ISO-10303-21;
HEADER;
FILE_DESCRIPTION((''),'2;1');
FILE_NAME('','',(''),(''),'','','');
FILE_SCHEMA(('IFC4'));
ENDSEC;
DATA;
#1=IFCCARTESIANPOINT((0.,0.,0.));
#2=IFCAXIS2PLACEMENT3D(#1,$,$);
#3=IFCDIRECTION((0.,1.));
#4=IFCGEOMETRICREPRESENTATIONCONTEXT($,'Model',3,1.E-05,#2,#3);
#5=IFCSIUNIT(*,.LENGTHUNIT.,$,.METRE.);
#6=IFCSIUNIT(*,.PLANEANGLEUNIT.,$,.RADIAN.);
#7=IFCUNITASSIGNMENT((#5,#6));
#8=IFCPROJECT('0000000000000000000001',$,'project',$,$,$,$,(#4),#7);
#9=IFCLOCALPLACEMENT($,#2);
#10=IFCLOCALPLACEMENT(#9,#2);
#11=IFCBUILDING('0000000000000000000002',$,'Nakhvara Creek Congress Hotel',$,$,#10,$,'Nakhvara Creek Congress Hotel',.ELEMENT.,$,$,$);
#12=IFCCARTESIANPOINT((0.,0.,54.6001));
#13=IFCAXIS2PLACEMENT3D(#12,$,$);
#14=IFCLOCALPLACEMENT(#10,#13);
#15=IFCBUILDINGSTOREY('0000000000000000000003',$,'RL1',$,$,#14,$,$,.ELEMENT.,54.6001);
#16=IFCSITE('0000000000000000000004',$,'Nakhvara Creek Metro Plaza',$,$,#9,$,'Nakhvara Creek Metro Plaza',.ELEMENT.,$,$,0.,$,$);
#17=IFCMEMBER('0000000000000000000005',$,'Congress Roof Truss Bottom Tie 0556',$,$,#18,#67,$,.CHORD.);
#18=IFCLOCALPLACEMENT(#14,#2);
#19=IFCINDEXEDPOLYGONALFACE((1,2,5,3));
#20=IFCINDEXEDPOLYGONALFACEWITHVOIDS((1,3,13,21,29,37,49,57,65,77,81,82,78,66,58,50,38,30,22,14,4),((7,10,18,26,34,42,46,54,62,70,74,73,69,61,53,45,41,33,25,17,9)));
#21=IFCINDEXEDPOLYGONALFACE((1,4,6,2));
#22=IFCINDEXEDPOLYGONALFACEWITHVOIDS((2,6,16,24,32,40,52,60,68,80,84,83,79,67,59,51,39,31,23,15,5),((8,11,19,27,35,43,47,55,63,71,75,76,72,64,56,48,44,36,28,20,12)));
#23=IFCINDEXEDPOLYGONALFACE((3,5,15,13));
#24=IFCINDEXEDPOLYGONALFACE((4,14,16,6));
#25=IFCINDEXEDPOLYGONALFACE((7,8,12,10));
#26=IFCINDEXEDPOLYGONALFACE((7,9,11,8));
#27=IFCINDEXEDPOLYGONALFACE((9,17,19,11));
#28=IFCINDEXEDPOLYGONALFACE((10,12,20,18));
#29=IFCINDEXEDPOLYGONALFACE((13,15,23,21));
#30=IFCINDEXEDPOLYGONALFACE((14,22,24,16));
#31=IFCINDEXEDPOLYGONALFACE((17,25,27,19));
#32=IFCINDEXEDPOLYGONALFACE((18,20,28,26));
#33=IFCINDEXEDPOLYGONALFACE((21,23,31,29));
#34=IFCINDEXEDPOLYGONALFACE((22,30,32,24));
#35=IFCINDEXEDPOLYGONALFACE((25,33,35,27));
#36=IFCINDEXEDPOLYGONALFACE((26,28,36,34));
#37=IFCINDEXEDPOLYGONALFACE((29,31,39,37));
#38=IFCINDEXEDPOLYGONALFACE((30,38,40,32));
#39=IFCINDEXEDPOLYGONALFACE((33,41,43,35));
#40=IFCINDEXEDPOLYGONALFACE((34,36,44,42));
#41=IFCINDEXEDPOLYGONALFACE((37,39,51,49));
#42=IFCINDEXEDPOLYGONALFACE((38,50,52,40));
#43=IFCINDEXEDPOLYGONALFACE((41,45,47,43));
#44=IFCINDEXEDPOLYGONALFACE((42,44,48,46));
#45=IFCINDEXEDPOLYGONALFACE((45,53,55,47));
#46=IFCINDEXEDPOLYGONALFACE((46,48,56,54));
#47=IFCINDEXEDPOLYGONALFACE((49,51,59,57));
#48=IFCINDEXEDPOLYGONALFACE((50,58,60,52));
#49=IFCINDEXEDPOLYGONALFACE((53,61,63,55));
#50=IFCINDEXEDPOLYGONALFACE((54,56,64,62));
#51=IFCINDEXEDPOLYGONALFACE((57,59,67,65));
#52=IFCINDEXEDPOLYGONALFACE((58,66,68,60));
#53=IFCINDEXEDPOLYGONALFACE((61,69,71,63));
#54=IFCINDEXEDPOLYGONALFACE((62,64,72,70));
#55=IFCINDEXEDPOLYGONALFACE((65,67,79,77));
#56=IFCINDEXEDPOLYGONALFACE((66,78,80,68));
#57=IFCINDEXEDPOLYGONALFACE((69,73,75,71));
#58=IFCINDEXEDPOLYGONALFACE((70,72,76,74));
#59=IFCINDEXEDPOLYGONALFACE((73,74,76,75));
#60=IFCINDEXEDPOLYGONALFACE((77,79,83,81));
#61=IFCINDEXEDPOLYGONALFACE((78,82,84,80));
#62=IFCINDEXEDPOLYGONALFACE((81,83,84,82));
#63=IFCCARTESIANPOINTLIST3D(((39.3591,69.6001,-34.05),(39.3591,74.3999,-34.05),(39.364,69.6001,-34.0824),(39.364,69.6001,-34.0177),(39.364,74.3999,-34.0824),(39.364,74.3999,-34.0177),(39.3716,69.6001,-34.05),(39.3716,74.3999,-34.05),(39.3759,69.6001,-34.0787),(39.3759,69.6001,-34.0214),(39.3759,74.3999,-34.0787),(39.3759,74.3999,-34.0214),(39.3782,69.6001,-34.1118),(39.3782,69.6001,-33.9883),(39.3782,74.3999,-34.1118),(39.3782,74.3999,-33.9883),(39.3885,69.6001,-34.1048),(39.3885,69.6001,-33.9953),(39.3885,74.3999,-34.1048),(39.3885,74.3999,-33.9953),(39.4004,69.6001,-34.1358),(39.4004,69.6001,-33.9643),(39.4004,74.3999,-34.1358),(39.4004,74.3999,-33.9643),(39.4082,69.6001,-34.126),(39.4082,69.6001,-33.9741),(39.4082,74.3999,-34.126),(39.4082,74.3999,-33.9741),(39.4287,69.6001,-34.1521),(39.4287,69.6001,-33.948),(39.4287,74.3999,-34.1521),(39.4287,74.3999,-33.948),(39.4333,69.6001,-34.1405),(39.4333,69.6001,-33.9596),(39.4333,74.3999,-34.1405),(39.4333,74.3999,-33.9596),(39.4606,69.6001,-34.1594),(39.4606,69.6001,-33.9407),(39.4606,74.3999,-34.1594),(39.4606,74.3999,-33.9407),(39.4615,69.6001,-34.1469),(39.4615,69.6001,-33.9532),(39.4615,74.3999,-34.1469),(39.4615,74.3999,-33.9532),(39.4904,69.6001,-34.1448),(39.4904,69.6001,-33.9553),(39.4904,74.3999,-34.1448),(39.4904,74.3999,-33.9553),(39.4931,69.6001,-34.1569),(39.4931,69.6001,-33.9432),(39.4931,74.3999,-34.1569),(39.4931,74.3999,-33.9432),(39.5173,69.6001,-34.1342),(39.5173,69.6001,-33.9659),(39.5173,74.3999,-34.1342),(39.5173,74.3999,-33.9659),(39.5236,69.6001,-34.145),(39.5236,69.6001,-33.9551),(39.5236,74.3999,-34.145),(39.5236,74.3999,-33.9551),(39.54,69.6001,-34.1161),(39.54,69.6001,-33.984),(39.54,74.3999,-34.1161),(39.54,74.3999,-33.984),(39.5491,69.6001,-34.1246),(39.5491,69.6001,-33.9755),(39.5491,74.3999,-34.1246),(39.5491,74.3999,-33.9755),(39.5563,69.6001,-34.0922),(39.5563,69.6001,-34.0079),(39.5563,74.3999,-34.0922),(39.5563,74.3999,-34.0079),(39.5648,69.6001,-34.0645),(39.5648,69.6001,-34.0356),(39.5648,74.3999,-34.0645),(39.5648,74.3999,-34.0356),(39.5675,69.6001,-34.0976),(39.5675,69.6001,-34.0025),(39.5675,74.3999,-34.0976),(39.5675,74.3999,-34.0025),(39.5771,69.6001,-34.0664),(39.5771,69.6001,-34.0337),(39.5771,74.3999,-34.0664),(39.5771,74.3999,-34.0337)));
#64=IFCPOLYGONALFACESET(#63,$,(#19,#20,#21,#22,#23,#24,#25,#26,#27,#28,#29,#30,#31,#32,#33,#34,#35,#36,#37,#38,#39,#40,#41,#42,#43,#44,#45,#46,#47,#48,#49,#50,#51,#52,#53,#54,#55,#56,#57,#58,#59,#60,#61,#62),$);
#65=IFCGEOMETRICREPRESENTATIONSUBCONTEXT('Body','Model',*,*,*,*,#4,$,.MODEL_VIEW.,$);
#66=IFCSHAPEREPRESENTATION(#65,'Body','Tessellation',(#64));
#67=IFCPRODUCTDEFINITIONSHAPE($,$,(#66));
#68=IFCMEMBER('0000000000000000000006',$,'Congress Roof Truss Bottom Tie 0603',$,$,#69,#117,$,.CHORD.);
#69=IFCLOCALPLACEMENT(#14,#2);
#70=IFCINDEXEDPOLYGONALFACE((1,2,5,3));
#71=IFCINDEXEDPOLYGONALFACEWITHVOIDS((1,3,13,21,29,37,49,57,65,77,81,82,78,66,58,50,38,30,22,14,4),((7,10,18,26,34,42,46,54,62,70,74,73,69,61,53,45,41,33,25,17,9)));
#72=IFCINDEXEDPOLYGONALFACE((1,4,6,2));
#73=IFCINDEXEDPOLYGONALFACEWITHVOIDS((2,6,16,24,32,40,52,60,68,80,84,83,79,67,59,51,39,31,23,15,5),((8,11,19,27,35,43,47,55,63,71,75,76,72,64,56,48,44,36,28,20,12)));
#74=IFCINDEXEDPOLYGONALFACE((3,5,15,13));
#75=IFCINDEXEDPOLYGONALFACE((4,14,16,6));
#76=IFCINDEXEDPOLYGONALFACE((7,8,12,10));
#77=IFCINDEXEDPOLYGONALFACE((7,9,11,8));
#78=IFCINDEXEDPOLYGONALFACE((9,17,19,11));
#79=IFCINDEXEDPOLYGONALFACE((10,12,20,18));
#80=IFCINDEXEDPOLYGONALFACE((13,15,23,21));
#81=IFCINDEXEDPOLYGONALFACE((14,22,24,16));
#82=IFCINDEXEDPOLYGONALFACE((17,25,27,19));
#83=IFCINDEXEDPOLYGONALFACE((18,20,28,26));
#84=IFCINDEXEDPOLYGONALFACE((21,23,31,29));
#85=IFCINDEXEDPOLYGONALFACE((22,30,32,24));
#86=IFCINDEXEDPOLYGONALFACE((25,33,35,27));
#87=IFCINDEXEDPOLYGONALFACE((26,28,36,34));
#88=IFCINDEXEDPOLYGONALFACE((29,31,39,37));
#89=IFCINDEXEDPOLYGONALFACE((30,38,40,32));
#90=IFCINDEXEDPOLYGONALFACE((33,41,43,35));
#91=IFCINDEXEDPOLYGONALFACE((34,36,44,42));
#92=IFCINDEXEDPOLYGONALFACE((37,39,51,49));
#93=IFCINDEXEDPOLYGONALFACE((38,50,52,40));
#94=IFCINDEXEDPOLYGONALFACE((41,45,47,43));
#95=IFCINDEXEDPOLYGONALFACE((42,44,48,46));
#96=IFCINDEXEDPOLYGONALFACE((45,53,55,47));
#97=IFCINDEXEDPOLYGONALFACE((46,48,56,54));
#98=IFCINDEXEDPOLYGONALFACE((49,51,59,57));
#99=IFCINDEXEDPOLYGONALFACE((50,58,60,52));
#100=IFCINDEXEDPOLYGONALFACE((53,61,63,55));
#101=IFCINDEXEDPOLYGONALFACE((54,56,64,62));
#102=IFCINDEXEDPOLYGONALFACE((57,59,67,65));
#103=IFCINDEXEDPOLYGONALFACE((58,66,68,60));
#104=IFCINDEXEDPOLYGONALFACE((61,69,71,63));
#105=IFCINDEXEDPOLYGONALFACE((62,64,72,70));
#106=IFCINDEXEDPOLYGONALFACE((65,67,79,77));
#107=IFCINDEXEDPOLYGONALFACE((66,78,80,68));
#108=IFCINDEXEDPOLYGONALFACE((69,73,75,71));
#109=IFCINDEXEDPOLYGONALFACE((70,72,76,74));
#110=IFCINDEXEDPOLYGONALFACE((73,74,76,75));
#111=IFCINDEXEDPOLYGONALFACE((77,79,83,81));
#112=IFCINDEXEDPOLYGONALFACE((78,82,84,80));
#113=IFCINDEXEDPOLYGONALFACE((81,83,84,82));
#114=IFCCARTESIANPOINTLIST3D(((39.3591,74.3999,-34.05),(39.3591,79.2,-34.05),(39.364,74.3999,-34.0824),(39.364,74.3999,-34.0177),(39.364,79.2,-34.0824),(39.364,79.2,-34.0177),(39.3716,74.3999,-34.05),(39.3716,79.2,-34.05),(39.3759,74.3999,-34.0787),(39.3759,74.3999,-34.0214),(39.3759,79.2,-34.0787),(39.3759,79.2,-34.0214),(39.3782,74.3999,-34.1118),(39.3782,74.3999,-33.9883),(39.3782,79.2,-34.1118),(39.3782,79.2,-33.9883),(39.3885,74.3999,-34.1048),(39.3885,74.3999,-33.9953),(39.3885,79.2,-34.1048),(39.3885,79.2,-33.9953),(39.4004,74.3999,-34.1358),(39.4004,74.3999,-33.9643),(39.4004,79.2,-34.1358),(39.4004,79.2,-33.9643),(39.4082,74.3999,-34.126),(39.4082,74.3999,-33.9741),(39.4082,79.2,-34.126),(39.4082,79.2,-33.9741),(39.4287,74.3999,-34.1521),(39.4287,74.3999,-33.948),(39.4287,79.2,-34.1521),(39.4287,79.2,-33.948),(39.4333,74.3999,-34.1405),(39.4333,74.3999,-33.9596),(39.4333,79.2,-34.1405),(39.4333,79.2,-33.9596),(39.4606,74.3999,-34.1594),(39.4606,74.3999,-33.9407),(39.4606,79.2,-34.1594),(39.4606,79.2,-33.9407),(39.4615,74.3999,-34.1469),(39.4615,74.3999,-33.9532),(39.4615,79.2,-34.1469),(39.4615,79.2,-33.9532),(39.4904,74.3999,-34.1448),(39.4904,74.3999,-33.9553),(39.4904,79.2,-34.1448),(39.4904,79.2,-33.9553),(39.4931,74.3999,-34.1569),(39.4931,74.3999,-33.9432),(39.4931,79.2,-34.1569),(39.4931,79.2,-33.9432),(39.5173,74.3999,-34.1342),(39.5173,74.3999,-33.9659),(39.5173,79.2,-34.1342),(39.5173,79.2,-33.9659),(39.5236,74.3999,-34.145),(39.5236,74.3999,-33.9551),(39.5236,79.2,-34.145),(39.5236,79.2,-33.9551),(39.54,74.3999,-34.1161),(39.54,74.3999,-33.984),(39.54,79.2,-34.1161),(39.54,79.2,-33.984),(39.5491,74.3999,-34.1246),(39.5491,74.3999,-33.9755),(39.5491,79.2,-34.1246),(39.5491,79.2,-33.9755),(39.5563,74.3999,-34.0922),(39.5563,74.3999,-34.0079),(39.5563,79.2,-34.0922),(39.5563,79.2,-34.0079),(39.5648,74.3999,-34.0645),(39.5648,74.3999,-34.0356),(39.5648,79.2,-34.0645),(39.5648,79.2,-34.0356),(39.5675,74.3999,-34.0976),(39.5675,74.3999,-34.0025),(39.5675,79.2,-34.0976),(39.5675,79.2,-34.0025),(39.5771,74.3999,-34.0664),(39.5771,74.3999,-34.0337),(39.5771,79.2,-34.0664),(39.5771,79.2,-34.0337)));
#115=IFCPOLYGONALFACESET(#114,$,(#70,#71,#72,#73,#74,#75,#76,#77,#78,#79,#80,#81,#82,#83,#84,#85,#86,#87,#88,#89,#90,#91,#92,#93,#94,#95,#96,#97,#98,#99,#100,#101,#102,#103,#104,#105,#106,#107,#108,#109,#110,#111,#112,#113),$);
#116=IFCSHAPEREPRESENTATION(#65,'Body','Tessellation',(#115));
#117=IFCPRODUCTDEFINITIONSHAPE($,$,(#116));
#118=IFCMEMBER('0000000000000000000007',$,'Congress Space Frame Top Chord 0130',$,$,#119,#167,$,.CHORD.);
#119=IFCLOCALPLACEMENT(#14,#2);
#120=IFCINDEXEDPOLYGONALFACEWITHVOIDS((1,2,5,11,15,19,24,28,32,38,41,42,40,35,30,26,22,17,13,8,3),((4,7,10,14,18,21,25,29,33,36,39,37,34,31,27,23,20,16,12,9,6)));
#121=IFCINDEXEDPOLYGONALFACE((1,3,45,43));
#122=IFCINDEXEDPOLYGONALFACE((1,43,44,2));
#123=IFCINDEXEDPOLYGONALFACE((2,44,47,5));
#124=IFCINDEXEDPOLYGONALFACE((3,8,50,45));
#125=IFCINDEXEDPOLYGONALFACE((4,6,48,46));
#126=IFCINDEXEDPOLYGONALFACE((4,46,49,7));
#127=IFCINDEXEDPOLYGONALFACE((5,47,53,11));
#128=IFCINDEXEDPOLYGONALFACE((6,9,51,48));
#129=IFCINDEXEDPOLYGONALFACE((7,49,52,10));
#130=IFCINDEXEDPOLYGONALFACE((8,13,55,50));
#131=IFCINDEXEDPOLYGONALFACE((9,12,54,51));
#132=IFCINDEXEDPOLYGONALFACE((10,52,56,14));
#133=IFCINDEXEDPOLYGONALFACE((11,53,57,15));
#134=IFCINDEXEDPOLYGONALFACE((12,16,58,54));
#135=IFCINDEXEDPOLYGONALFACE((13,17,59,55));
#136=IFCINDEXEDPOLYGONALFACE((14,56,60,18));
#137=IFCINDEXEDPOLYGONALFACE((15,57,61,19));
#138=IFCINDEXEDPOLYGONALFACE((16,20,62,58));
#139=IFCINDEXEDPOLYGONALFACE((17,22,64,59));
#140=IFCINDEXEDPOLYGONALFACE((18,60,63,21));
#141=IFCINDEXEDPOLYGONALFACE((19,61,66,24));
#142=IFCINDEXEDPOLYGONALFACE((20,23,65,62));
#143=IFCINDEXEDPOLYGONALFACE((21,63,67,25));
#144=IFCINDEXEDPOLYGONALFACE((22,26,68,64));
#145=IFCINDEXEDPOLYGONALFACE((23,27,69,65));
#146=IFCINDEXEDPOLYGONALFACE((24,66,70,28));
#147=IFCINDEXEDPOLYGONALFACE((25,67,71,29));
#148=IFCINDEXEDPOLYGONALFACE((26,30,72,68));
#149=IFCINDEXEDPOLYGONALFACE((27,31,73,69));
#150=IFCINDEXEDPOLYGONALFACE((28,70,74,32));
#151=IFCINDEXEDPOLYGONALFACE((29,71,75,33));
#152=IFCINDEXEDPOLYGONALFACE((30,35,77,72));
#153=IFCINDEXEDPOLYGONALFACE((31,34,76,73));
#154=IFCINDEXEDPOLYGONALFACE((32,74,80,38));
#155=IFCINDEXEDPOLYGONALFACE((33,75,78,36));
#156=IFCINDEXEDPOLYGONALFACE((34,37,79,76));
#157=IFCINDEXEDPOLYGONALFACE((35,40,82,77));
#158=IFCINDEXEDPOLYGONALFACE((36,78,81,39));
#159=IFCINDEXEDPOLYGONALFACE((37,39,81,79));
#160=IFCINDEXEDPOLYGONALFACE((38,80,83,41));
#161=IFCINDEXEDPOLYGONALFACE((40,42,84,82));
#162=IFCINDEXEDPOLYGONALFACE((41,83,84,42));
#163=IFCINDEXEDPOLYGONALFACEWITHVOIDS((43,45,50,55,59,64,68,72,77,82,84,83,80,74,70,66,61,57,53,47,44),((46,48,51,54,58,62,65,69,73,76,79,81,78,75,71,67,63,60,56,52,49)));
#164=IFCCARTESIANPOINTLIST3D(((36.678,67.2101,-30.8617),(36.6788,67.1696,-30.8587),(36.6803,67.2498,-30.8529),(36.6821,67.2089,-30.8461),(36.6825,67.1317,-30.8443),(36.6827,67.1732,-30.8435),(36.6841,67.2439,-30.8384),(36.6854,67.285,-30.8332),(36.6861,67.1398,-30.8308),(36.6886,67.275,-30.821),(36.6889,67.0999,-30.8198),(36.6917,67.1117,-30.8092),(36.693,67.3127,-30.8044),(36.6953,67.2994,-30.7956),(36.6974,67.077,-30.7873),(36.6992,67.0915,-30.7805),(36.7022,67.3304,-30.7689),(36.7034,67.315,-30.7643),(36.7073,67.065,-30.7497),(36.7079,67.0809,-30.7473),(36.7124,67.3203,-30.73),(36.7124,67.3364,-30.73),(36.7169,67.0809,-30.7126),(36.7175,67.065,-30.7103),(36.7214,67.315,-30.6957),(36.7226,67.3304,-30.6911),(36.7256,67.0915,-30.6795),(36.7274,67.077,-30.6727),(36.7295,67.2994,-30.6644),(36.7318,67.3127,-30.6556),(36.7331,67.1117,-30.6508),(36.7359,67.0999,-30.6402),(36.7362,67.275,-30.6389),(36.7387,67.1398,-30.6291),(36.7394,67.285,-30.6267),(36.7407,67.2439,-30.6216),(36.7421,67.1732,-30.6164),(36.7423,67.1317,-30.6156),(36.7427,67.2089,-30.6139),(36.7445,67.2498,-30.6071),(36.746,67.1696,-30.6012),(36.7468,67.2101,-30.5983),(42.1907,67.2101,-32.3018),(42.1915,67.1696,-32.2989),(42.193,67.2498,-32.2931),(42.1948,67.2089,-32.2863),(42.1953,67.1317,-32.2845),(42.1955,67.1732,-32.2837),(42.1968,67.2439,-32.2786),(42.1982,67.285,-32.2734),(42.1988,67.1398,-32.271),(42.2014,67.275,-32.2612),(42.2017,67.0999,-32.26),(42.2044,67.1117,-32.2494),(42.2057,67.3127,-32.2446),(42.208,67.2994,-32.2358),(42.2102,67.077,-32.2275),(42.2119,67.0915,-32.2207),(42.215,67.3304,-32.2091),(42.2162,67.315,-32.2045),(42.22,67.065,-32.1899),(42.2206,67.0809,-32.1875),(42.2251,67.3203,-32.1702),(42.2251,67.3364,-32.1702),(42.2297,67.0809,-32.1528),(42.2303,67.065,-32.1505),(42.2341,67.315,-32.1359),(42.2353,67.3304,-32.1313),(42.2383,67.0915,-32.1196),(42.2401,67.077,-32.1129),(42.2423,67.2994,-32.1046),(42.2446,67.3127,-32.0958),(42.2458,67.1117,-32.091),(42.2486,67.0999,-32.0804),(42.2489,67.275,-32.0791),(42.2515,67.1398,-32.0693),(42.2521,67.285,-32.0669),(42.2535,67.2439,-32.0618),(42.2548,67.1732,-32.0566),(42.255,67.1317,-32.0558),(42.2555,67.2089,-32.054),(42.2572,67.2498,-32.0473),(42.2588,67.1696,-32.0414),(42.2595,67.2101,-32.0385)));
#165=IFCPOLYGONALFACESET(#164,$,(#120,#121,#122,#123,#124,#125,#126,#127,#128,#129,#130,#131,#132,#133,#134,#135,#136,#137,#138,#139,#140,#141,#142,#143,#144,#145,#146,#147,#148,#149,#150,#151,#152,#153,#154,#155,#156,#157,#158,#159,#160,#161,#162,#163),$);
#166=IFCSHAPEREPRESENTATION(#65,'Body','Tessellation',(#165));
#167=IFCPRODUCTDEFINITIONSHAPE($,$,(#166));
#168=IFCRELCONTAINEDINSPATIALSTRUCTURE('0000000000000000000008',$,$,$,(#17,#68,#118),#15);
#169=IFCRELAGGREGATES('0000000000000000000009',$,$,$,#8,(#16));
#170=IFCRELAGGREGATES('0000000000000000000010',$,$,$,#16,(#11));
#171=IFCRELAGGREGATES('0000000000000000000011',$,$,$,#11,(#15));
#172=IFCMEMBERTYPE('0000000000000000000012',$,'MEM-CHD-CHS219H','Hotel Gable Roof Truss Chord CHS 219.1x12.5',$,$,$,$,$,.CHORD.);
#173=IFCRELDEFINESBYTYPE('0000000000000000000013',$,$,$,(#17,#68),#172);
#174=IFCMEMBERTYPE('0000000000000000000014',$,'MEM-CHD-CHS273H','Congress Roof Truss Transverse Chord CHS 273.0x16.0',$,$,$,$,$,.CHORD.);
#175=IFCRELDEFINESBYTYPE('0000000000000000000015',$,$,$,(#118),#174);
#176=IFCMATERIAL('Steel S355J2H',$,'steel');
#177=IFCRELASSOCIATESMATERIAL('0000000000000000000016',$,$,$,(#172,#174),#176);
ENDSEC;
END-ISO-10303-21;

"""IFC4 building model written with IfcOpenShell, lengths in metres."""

from ifc_helpers import new_model, si_unit, direction, frame, origin, origin_2d, place, context, subcontext, project, spatial, hollow_circle, extrude, material, material_profile, profile_set, type_object, element, save


model = new_model("IFC4")

# Units and contexts
model_context = context("Model", 3, precision=1e-05, world=origin(), true_north=direction((0.0, 1.0)))
body_context = subcontext(model_context, "Body", "Model", "MODEL_VIEW")
ifc_project = project(units=[si_unit("LENGTHUNIT", "METRE"), si_unit("PLANEANGLEUNIT", "RADIAN")], contexts=[model_context])

# Site, building, storey
site_placement = place(None, origin())
site = spatial("IfcSite", under=ifc_project, at=site_placement, Name="Nakhvara Creek Metro Plaza", LongName="Nakhvara Creek Metro Plaza", CompositionType="ELEMENT", RefElevation=0.0)
building_placement = place(site_placement, origin())
building = spatial("IfcBuilding", under=site, at=building_placement, Name="Nakhvara Creek Congress Hotel", LongName="Nakhvara Creek Congress Hotel", CompositionType="ELEMENT")
storey_placement = place(building_placement, frame((0.0, 0.0, 54.6001)))
storey = spatial("IfcBuildingStorey", under=building, at=storey_placement, Name="RL1", CompositionType="ELEMENT", Elevation=54.6001)

# Members
ifc_material_1 = material(Name="Steel S355J2H", Category="steel")
ifc_material_profile_1 = material_profile(ifc_material_1, hollow_circle(Radius=0.1096, WallThickness=0.0125, at=origin_2d()), Name="CHS 219.1x12.5", Category="LoadBearing")
ifc_profile_set_1 = profile_set([ifc_material_profile_1], Name="Steel S355J2H")
member_type_1 = type_object("IfcMemberType", Name="MEM-CHD-CHS219H", Description="Hotel Gable Roof Truss Chord CHS 219.1x12.5", PredefinedType="CHORD", material=ifc_profile_set_1)
member_1_placement = place(storey_placement, frame((39.4688, 69.6001, -34.05), z_axis=(0.0, 1.0, 0.0), x_axis=(-1.0, 0.0, 0.0)))
element("IfcMember", 1, at=member_1_placement, inside=storey, type_object=member_type_1, Name="Congress Roof Truss Bottom Tie 0556", PredefinedType="CHORD", context=body_context, shape_type="SweptSolid", body=[
    extrude(hollow_circle(Radius=0.1096, WallThickness=0.0125, at=origin_2d()), origin(), (0.0, 0.0, 1.0), 4.7998),
])
member_2_placement = place(storey_placement, frame((39.4688, 74.3999, -34.05), z_axis=(0.0, 1.0, 0.0), x_axis=(-1.0, 0.0, 0.0)))
element("IfcMember", 2, at=member_2_placement, inside=storey, type_object=member_type_1, Name="Congress Roof Truss Bottom Tie 0603", PredefinedType="CHORD", context=body_context, shape_type="SweptSolid", body=[
    extrude(hollow_circle(Radius=0.1096, WallThickness=0.0125, at=origin_2d()), origin(), (0.0, 0.0, 1.0), 4.8),
])
ifc_material_profile_2 = material_profile(ifc_material_1, hollow_circle(Radius=0.1365, WallThickness=0.0161, at=origin_2d()), Name="CHS 273.0x16.0", Category="LoadBearing")
ifc_profile_set_2 = profile_set([ifc_material_profile_2], Name="Steel S355J2H")
member_type_2 = type_object("IfcMemberType", Name="MEM-CHD-CHS273H", Description="Congress Roof Truss Transverse Chord CHS 273.0x16.0", PredefinedType="CHORD", material=ifc_profile_set_2)
member_3_placement = place(storey_placement, frame((36.7124, 67.2, -30.73), z_axis=(0.967528, 0.0, -0.252766), x_axis=(0.0, 1.0, 0.0)))
element("IfcMember", 3, at=member_3_placement, inside=storey, type_object=member_type_2, Name="Congress Space Frame Top Chord 0130", PredefinedType="CHORD", context=body_context, shape_type="SweptSolid", body=[
    extrude(hollow_circle(Radius=0.1365, WallThickness=0.0161, at=origin_2d()), origin(), (0.0, 0.0, 1.0), 5.6978),
])

save(model, "model.ifc")
